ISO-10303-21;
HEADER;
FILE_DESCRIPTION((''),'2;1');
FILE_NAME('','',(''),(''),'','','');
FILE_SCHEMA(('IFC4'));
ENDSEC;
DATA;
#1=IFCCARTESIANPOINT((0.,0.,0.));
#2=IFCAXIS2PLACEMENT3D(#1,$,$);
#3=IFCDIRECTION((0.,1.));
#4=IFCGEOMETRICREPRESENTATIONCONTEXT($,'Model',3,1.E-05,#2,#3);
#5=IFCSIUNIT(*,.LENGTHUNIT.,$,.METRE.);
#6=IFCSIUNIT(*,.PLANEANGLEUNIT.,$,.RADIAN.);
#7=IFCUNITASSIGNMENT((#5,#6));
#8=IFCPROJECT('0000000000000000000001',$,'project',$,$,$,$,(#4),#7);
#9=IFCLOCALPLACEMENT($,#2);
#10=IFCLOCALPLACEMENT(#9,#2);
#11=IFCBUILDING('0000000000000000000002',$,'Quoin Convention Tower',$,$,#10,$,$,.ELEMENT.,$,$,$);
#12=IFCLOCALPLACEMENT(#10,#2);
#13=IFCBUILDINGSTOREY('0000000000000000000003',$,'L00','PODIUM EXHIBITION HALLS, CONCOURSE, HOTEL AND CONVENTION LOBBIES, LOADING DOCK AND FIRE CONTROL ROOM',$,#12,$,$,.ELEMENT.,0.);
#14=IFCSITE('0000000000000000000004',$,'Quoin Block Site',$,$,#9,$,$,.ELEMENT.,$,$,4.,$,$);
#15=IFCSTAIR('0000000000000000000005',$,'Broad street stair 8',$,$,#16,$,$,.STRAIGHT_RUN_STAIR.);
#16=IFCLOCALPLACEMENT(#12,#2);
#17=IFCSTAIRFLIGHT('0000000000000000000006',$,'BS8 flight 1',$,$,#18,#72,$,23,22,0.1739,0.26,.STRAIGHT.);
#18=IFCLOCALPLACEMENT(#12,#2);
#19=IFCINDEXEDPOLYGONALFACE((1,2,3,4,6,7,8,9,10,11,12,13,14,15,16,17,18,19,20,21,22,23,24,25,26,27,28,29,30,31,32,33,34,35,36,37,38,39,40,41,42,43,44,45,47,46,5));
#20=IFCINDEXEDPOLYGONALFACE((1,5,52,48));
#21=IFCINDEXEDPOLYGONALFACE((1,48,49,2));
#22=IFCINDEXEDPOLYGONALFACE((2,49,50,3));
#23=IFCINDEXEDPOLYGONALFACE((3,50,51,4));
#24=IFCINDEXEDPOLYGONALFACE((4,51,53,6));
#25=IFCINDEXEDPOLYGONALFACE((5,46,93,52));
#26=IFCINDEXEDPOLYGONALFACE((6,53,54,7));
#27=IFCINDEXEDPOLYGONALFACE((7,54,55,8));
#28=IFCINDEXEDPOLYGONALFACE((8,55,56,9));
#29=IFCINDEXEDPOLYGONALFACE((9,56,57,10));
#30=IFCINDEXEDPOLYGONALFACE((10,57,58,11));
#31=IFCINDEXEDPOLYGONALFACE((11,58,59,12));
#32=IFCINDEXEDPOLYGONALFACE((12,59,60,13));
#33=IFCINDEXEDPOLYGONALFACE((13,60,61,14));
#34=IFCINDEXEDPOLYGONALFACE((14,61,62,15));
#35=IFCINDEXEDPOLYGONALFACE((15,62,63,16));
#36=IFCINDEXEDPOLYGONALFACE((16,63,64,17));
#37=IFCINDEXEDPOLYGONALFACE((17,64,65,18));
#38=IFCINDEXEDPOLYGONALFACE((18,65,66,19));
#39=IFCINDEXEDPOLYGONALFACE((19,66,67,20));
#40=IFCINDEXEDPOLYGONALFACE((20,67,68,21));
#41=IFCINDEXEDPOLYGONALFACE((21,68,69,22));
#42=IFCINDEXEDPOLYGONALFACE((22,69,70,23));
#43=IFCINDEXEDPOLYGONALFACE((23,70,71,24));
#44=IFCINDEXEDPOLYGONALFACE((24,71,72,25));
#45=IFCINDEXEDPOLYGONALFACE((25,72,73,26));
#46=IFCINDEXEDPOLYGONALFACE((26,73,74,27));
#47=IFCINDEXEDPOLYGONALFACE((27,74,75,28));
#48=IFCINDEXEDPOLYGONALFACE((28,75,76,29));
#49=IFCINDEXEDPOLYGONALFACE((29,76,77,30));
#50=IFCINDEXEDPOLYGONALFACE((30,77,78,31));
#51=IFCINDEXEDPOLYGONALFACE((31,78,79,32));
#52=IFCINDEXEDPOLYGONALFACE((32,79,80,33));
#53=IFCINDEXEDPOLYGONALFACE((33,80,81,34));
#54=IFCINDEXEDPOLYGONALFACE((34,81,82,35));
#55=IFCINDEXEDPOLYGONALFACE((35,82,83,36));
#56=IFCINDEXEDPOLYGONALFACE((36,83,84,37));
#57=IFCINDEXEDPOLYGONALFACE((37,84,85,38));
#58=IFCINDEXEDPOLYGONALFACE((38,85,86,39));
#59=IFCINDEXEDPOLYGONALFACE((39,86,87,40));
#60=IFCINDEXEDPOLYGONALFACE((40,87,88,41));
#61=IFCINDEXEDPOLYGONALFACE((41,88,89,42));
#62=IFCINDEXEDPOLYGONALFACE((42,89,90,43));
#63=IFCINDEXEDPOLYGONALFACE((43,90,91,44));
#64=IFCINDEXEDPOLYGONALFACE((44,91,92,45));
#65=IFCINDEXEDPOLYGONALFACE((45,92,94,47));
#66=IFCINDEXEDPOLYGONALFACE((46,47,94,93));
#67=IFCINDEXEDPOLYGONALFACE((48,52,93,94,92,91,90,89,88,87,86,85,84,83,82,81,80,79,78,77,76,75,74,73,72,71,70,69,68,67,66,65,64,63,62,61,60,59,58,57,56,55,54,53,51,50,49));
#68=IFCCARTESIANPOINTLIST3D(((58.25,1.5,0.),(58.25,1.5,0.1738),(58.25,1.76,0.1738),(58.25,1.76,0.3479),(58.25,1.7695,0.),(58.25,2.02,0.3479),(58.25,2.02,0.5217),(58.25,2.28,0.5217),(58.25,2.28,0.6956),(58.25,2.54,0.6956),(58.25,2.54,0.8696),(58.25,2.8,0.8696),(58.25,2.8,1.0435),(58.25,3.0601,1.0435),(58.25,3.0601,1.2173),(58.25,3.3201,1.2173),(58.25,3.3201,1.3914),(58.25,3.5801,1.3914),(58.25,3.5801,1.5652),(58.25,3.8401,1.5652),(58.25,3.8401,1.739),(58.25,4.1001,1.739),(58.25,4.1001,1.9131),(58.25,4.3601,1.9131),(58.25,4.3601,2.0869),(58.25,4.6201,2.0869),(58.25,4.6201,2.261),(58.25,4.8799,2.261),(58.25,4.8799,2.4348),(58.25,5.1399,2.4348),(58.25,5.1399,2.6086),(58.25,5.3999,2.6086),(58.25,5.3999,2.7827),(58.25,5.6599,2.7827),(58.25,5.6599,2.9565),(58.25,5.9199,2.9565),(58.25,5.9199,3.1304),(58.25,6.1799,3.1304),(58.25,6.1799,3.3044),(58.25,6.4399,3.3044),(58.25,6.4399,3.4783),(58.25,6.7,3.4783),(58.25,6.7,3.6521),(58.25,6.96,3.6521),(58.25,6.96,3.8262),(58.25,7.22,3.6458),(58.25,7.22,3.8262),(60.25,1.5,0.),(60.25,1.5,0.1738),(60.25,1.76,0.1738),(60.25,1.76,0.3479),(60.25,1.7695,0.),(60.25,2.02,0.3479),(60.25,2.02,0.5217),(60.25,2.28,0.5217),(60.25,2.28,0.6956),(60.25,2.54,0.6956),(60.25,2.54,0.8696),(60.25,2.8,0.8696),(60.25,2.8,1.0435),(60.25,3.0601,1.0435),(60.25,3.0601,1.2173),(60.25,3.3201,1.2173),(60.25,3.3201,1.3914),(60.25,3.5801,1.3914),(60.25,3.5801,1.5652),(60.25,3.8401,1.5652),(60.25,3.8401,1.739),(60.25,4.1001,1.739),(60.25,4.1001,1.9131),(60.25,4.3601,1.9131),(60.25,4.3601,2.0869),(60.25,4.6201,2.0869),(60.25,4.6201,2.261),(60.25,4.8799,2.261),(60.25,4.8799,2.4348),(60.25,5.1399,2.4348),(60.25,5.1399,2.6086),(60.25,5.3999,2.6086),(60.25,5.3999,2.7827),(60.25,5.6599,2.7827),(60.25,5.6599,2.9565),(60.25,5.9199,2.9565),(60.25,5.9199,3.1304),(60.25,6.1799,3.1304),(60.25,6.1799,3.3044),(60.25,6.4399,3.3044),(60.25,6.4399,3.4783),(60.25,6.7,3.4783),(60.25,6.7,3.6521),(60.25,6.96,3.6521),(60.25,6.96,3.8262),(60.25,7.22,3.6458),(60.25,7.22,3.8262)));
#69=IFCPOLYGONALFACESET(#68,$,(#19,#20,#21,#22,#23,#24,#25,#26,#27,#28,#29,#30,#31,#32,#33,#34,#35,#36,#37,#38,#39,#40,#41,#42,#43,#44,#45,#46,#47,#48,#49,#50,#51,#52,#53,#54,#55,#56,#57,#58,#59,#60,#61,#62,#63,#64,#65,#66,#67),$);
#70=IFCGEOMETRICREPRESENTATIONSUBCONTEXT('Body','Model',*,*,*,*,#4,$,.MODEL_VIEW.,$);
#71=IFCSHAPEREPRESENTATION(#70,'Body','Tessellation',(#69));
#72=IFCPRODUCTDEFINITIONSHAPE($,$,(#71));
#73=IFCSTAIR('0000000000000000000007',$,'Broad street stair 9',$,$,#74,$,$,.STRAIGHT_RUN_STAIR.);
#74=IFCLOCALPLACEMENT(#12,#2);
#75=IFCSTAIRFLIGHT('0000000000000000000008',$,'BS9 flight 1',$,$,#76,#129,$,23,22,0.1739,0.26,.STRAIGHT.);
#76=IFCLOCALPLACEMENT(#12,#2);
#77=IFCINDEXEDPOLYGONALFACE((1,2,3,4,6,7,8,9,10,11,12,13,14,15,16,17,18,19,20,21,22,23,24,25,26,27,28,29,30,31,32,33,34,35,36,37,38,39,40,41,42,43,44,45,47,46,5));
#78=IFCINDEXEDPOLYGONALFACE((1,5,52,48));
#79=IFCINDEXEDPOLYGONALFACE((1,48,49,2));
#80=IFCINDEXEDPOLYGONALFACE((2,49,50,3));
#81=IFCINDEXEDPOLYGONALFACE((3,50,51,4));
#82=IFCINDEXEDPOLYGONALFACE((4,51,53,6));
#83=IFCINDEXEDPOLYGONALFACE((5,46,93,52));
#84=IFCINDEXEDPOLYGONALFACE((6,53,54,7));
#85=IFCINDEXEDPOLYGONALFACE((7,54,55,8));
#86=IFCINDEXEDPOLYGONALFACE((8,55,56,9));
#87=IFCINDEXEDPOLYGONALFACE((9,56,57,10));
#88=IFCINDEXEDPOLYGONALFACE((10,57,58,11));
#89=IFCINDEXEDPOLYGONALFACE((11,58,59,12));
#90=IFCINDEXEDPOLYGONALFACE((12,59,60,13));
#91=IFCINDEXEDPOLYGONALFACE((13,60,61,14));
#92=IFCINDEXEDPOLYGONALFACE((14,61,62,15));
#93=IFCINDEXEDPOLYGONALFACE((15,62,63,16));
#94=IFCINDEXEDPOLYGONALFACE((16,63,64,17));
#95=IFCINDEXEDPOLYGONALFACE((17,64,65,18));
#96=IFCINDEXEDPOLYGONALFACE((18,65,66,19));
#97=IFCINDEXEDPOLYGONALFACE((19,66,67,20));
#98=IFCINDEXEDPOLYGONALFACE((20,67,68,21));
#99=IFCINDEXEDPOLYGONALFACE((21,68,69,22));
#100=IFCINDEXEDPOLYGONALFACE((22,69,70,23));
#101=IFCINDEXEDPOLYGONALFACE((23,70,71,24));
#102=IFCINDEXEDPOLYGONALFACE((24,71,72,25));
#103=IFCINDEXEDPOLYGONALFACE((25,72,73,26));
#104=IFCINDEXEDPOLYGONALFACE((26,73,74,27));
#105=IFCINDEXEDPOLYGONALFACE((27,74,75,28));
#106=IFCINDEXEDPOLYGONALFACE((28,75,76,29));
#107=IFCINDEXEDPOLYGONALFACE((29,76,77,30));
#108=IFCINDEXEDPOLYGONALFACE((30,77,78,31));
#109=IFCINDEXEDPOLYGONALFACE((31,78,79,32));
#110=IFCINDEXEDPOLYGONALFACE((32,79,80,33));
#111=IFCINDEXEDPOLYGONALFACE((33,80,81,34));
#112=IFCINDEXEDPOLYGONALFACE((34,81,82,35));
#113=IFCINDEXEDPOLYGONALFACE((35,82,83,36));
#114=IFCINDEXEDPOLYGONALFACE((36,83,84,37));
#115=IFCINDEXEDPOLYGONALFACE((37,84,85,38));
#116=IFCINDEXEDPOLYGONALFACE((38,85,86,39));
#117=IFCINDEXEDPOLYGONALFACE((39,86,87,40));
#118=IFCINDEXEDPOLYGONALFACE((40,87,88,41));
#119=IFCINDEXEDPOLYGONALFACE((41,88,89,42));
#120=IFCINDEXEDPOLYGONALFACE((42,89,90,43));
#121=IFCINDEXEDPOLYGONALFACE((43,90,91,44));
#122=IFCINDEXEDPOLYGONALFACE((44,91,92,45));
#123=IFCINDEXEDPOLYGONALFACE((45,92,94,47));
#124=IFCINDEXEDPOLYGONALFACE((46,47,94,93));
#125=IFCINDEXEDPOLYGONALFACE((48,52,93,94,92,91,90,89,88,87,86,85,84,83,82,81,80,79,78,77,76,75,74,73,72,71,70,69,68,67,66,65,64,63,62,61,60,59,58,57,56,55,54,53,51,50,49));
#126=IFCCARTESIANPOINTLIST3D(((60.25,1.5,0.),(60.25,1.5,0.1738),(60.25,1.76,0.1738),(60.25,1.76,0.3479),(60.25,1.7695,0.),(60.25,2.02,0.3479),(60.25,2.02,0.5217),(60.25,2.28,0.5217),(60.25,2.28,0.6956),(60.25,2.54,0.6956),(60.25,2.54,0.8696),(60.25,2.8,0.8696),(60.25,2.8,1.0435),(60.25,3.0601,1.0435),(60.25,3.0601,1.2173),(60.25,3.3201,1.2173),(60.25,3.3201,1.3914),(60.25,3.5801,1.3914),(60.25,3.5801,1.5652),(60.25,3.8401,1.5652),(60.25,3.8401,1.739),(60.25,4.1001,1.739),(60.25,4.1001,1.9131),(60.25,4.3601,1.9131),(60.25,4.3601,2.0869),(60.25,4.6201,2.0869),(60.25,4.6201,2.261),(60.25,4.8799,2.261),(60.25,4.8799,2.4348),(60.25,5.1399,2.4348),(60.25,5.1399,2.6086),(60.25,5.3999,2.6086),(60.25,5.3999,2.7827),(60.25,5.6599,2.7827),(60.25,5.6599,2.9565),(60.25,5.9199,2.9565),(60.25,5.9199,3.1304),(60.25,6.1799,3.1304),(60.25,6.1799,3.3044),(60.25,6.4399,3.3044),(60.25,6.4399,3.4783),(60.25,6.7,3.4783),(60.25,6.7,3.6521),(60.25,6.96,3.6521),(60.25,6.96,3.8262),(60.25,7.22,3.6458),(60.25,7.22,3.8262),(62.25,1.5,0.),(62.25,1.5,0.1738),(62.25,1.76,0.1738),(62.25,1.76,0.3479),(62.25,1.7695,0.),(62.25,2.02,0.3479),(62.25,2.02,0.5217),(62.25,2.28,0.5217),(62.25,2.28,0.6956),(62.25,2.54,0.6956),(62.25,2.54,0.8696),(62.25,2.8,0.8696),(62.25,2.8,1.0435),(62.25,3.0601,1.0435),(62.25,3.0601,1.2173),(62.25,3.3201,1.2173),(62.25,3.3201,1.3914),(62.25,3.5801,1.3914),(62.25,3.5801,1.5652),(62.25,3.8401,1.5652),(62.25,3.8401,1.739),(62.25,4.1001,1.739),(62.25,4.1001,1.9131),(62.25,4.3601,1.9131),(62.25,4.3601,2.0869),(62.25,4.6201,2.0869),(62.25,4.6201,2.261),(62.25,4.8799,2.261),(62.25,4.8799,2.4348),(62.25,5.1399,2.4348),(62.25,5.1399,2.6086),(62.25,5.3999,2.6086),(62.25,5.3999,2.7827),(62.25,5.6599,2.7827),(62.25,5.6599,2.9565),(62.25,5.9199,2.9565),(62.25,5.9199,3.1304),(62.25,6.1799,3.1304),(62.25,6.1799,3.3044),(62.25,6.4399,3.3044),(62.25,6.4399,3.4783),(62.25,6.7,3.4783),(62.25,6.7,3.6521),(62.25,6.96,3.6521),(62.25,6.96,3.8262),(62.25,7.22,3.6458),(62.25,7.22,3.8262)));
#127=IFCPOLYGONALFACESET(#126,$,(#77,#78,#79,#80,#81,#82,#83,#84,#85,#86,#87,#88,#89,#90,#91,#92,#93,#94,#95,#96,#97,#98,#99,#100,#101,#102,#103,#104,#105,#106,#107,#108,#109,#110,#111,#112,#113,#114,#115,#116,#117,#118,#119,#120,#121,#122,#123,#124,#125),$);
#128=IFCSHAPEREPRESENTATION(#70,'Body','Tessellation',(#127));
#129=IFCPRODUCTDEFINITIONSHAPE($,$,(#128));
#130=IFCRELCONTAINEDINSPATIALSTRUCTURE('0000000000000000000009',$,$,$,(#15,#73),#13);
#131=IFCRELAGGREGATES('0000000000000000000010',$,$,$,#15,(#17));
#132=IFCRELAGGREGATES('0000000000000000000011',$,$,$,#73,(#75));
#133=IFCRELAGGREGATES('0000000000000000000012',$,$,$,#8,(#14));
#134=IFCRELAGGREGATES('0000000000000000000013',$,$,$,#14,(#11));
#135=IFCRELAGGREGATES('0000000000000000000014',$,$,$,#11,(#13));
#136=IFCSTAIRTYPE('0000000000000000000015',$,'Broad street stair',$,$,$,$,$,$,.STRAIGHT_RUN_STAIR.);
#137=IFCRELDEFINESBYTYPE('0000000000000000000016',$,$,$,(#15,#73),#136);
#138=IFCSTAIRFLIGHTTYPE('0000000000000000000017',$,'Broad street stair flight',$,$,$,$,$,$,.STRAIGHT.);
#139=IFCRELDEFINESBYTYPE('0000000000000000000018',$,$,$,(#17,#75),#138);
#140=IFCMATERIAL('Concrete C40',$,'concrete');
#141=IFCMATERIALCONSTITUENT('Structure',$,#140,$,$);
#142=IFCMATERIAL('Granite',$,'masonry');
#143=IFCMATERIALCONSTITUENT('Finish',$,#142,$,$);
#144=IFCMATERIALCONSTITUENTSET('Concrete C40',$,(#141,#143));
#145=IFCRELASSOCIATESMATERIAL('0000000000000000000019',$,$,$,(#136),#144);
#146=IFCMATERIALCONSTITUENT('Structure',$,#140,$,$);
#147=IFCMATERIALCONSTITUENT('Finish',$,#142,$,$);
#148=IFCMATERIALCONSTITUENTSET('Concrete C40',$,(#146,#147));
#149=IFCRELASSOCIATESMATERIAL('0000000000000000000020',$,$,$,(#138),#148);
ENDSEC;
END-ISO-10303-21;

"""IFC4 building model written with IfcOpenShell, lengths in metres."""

from ifc_helpers import new_model, si_unit, direction, frame, origin, place, context, subcontext, project, spatial, polyline, outline, extrude, material, constituent, constituent_set, type_object, element, aggregate, save


model = new_model("IFC4")

# Units and contexts
model_context = context("Model", 3, precision=1e-05, world=origin(), true_north=direction((0.0, 1.0)))
body_context = subcontext(model_context, "Body", "Model", "MODEL_VIEW")
ifc_project = project(units=[si_unit("LENGTHUNIT", "METRE"), si_unit("PLANEANGLEUNIT", "RADIAN")], contexts=[model_context])

# Site, building, storey
site_placement = place(None, origin())
site = spatial("IfcSite", under=ifc_project, at=site_placement, Name="Quoin Block Site", CompositionType="ELEMENT", RefElevation=4.0)
building_placement = place(site_placement, origin())
building = spatial("IfcBuilding", under=site, at=building_placement, Name="Quoin Convention Tower", CompositionType="ELEMENT")
storey_placement = place(building_placement, origin())
storey = spatial("IfcBuildingStorey", under=building, at=storey_placement, Name="L00", Description="PODIUM EXHIBITION HALLS, CONCOURSE, HOTEL AND CONVENTION LOBBIES, LOADING DOCK AND FIRE CONTROL ROOM", CompositionType="ELEMENT", Elevation=0.0)

# Shared definitions
ifc_material_1 = material(Name="Concrete C40", Category="concrete")

# Stairs, stair flights
ifc_constituent_1 = constituent(ifc_material_1, Name="Structure")
ifc_material_2 = material(Name="Granite", Category="masonry")
ifc_constituent_2 = constituent(ifc_material_2, Name="Finish")
ifc_constituent_set_1 = constituent_set(constituents=[ifc_constituent_1, ifc_constituent_2], Name="Concrete C40")
stair_type = type_object("IfcStairType", Name="Broad street stair", PredefinedType="STRAIGHT_RUN_STAIR", material=ifc_constituent_set_1)
ifc_constituent_3 = constituent(ifc_material_1, Name="Structure")
ifc_constituent_4 = constituent(ifc_material_2, Name="Finish")
ifc_constituent_set_2 = constituent_set(constituents=[ifc_constituent_3, ifc_constituent_4], Name="Concrete C40")
stair_flight_type = type_object("IfcStairFlightType", Name="Broad street stair flight", PredefinedType="STRAIGHT", material=ifc_constituent_set_2)
stair_1_placement = place(storey_placement, origin())
stair_1 = element("IfcStair", 1, at=stair_1_placement, inside=storey, type_object=stair_type, Name="Broad street stair 8", PredefinedType="STRAIGHT_RUN_STAIR")
stair_flight_1_placement = place(storey_placement, frame((59.25, 1.5, 0.0), z_axis=(0.0, 0.0, 1.0), x_axis=(0.0, 1.0, 0.0)))
stair_flight_1 = element("IfcStairFlight", 2, at=stair_flight_1_placement, type_object=stair_flight_type, Name="BS8 flight 1", NumberOfRisers=23, NumberOfTreads=22, PredefinedType="STRAIGHT", RiserHeight=0.1739, TreadLength=0.26, context=body_context, shape_type="SweptSolid", body=[
    extrude(outline(polyline([(0.0, 0.0), (0.0, 0.1738), (0.26, 0.1738), (0.26, 0.3479), (0.52, 0.3479), (0.52, 0.5217), (0.78, 0.5217), (0.78, 0.6956), (1.04, 0.6956), (1.04, 0.8696), (1.3, 0.8696), (1.3, 1.0435), (1.5601, 1.0435), (1.5601, 1.2173), (1.8201, 1.2173), (1.8201, 1.3914), (2.0801, 1.3914), (2.0801, 1.5652), (2.3401, 1.5652), (2.3401, 1.739), (2.6001, 1.739), (2.6001, 1.9131), (2.8601, 1.9131), (2.8601, 2.0869), (3.1201, 2.0869), (3.1201, 2.261), (3.3799, 2.261), (3.3799, 2.4348), (3.6399, 2.4348), (3.6399, 2.6086), (3.8999, 2.6086), (3.8999, 2.7827), (4.1599, 2.7827), (4.1599, 2.9565), (4.4199, 2.9565), (4.4199, 3.1304), (4.6799, 3.1304), (4.6799, 3.3044), (4.9399, 3.3044), (4.9399, 3.4783), (5.2, 3.4783), (5.2, 3.6521), (5.46, 3.6521), (5.46, 3.8262), (5.72, 3.8262), (5.72, 4.0), (5.72, 3.6458), (0.2695, 0.0), (0.0, 0.0)])), frame((0.0, 1.0, 0.0), z_axis=(0.0, -1.0, 0.0), x_axis=(1.0, 0.0, 0.0)), (0.0, 0.0, 1.0), 2.0),
])
aggregate(stair_1, [stair_flight_1])
stair_2_placement = place(storey_placement, origin())
stair_2 = element("IfcStair", 3, at=stair_2_placement, inside=storey, type_object=stair_type, Name="Broad street stair 9", PredefinedType="STRAIGHT_RUN_STAIR")
stair_flight_2_placement = place(storey_placement, frame((61.25, 1.5, 0.0), z_axis=(0.0, 0.0, 1.0), x_axis=(0.0, 1.0, 0.0)))
stair_flight_2 = element("IfcStairFlight", 4, at=stair_flight_2_placement, type_object=stair_flight_type, Name="BS9 flight 1", NumberOfRisers=23, NumberOfTreads=22, PredefinedType="STRAIGHT", RiserHeight=0.1739, TreadLength=0.26, context=body_context, shape_type="SweptSolid", body=[
    extrude(outline(polyline([(0.0, 0.0), (0.0, 0.1738), (0.26, 0.1738), (0.26, 0.3479), (0.52, 0.3479), (0.52, 0.5217), (0.78, 0.5217), (0.78, 0.6956), (1.04, 0.6956), (1.04, 0.8696), (1.3, 0.8696), (1.3, 1.0435), (1.5601, 1.0435), (1.5601, 1.2173), (1.8201, 1.2173), (1.8201, 1.3914), (2.0801, 1.3914), (2.0801, 1.5652), (2.3401, 1.5652), (2.3401, 1.739), (2.6001, 1.739), (2.6001, 1.9131), (2.8601, 1.9131), (2.8601, 2.0869), (3.1201, 2.0869), (3.1201, 2.261), (3.3799, 2.261), (3.3799, 2.4348), (3.6399, 2.4348), (3.6399, 2.6086), (3.8999, 2.6086), (3.8999, 2.7827), (4.1599, 2.7827), (4.1599, 2.9565), (4.4199, 2.9565), (4.4199, 3.1304), (4.6799, 3.1304), (4.6799, 3.3044), (4.9399, 3.3044), (4.9399, 3.4783), (5.2, 3.4783), (5.2, 3.6521), (5.46, 3.6521), (5.46, 3.8262), (5.72, 3.8262), (5.72, 4.0), (5.72, 3.6458), (0.2695, 0.0), (0.0, 0.0)])), frame((0.0, 1.0, 0.0), z_axis=(0.0, -1.0, 0.0), x_axis=(1.0, 0.0, 0.0)), (0.0, 0.0, 1.0), 2.0),
])
aggregate(stair_2, [stair_flight_2])

save(model, "model.ifc")
